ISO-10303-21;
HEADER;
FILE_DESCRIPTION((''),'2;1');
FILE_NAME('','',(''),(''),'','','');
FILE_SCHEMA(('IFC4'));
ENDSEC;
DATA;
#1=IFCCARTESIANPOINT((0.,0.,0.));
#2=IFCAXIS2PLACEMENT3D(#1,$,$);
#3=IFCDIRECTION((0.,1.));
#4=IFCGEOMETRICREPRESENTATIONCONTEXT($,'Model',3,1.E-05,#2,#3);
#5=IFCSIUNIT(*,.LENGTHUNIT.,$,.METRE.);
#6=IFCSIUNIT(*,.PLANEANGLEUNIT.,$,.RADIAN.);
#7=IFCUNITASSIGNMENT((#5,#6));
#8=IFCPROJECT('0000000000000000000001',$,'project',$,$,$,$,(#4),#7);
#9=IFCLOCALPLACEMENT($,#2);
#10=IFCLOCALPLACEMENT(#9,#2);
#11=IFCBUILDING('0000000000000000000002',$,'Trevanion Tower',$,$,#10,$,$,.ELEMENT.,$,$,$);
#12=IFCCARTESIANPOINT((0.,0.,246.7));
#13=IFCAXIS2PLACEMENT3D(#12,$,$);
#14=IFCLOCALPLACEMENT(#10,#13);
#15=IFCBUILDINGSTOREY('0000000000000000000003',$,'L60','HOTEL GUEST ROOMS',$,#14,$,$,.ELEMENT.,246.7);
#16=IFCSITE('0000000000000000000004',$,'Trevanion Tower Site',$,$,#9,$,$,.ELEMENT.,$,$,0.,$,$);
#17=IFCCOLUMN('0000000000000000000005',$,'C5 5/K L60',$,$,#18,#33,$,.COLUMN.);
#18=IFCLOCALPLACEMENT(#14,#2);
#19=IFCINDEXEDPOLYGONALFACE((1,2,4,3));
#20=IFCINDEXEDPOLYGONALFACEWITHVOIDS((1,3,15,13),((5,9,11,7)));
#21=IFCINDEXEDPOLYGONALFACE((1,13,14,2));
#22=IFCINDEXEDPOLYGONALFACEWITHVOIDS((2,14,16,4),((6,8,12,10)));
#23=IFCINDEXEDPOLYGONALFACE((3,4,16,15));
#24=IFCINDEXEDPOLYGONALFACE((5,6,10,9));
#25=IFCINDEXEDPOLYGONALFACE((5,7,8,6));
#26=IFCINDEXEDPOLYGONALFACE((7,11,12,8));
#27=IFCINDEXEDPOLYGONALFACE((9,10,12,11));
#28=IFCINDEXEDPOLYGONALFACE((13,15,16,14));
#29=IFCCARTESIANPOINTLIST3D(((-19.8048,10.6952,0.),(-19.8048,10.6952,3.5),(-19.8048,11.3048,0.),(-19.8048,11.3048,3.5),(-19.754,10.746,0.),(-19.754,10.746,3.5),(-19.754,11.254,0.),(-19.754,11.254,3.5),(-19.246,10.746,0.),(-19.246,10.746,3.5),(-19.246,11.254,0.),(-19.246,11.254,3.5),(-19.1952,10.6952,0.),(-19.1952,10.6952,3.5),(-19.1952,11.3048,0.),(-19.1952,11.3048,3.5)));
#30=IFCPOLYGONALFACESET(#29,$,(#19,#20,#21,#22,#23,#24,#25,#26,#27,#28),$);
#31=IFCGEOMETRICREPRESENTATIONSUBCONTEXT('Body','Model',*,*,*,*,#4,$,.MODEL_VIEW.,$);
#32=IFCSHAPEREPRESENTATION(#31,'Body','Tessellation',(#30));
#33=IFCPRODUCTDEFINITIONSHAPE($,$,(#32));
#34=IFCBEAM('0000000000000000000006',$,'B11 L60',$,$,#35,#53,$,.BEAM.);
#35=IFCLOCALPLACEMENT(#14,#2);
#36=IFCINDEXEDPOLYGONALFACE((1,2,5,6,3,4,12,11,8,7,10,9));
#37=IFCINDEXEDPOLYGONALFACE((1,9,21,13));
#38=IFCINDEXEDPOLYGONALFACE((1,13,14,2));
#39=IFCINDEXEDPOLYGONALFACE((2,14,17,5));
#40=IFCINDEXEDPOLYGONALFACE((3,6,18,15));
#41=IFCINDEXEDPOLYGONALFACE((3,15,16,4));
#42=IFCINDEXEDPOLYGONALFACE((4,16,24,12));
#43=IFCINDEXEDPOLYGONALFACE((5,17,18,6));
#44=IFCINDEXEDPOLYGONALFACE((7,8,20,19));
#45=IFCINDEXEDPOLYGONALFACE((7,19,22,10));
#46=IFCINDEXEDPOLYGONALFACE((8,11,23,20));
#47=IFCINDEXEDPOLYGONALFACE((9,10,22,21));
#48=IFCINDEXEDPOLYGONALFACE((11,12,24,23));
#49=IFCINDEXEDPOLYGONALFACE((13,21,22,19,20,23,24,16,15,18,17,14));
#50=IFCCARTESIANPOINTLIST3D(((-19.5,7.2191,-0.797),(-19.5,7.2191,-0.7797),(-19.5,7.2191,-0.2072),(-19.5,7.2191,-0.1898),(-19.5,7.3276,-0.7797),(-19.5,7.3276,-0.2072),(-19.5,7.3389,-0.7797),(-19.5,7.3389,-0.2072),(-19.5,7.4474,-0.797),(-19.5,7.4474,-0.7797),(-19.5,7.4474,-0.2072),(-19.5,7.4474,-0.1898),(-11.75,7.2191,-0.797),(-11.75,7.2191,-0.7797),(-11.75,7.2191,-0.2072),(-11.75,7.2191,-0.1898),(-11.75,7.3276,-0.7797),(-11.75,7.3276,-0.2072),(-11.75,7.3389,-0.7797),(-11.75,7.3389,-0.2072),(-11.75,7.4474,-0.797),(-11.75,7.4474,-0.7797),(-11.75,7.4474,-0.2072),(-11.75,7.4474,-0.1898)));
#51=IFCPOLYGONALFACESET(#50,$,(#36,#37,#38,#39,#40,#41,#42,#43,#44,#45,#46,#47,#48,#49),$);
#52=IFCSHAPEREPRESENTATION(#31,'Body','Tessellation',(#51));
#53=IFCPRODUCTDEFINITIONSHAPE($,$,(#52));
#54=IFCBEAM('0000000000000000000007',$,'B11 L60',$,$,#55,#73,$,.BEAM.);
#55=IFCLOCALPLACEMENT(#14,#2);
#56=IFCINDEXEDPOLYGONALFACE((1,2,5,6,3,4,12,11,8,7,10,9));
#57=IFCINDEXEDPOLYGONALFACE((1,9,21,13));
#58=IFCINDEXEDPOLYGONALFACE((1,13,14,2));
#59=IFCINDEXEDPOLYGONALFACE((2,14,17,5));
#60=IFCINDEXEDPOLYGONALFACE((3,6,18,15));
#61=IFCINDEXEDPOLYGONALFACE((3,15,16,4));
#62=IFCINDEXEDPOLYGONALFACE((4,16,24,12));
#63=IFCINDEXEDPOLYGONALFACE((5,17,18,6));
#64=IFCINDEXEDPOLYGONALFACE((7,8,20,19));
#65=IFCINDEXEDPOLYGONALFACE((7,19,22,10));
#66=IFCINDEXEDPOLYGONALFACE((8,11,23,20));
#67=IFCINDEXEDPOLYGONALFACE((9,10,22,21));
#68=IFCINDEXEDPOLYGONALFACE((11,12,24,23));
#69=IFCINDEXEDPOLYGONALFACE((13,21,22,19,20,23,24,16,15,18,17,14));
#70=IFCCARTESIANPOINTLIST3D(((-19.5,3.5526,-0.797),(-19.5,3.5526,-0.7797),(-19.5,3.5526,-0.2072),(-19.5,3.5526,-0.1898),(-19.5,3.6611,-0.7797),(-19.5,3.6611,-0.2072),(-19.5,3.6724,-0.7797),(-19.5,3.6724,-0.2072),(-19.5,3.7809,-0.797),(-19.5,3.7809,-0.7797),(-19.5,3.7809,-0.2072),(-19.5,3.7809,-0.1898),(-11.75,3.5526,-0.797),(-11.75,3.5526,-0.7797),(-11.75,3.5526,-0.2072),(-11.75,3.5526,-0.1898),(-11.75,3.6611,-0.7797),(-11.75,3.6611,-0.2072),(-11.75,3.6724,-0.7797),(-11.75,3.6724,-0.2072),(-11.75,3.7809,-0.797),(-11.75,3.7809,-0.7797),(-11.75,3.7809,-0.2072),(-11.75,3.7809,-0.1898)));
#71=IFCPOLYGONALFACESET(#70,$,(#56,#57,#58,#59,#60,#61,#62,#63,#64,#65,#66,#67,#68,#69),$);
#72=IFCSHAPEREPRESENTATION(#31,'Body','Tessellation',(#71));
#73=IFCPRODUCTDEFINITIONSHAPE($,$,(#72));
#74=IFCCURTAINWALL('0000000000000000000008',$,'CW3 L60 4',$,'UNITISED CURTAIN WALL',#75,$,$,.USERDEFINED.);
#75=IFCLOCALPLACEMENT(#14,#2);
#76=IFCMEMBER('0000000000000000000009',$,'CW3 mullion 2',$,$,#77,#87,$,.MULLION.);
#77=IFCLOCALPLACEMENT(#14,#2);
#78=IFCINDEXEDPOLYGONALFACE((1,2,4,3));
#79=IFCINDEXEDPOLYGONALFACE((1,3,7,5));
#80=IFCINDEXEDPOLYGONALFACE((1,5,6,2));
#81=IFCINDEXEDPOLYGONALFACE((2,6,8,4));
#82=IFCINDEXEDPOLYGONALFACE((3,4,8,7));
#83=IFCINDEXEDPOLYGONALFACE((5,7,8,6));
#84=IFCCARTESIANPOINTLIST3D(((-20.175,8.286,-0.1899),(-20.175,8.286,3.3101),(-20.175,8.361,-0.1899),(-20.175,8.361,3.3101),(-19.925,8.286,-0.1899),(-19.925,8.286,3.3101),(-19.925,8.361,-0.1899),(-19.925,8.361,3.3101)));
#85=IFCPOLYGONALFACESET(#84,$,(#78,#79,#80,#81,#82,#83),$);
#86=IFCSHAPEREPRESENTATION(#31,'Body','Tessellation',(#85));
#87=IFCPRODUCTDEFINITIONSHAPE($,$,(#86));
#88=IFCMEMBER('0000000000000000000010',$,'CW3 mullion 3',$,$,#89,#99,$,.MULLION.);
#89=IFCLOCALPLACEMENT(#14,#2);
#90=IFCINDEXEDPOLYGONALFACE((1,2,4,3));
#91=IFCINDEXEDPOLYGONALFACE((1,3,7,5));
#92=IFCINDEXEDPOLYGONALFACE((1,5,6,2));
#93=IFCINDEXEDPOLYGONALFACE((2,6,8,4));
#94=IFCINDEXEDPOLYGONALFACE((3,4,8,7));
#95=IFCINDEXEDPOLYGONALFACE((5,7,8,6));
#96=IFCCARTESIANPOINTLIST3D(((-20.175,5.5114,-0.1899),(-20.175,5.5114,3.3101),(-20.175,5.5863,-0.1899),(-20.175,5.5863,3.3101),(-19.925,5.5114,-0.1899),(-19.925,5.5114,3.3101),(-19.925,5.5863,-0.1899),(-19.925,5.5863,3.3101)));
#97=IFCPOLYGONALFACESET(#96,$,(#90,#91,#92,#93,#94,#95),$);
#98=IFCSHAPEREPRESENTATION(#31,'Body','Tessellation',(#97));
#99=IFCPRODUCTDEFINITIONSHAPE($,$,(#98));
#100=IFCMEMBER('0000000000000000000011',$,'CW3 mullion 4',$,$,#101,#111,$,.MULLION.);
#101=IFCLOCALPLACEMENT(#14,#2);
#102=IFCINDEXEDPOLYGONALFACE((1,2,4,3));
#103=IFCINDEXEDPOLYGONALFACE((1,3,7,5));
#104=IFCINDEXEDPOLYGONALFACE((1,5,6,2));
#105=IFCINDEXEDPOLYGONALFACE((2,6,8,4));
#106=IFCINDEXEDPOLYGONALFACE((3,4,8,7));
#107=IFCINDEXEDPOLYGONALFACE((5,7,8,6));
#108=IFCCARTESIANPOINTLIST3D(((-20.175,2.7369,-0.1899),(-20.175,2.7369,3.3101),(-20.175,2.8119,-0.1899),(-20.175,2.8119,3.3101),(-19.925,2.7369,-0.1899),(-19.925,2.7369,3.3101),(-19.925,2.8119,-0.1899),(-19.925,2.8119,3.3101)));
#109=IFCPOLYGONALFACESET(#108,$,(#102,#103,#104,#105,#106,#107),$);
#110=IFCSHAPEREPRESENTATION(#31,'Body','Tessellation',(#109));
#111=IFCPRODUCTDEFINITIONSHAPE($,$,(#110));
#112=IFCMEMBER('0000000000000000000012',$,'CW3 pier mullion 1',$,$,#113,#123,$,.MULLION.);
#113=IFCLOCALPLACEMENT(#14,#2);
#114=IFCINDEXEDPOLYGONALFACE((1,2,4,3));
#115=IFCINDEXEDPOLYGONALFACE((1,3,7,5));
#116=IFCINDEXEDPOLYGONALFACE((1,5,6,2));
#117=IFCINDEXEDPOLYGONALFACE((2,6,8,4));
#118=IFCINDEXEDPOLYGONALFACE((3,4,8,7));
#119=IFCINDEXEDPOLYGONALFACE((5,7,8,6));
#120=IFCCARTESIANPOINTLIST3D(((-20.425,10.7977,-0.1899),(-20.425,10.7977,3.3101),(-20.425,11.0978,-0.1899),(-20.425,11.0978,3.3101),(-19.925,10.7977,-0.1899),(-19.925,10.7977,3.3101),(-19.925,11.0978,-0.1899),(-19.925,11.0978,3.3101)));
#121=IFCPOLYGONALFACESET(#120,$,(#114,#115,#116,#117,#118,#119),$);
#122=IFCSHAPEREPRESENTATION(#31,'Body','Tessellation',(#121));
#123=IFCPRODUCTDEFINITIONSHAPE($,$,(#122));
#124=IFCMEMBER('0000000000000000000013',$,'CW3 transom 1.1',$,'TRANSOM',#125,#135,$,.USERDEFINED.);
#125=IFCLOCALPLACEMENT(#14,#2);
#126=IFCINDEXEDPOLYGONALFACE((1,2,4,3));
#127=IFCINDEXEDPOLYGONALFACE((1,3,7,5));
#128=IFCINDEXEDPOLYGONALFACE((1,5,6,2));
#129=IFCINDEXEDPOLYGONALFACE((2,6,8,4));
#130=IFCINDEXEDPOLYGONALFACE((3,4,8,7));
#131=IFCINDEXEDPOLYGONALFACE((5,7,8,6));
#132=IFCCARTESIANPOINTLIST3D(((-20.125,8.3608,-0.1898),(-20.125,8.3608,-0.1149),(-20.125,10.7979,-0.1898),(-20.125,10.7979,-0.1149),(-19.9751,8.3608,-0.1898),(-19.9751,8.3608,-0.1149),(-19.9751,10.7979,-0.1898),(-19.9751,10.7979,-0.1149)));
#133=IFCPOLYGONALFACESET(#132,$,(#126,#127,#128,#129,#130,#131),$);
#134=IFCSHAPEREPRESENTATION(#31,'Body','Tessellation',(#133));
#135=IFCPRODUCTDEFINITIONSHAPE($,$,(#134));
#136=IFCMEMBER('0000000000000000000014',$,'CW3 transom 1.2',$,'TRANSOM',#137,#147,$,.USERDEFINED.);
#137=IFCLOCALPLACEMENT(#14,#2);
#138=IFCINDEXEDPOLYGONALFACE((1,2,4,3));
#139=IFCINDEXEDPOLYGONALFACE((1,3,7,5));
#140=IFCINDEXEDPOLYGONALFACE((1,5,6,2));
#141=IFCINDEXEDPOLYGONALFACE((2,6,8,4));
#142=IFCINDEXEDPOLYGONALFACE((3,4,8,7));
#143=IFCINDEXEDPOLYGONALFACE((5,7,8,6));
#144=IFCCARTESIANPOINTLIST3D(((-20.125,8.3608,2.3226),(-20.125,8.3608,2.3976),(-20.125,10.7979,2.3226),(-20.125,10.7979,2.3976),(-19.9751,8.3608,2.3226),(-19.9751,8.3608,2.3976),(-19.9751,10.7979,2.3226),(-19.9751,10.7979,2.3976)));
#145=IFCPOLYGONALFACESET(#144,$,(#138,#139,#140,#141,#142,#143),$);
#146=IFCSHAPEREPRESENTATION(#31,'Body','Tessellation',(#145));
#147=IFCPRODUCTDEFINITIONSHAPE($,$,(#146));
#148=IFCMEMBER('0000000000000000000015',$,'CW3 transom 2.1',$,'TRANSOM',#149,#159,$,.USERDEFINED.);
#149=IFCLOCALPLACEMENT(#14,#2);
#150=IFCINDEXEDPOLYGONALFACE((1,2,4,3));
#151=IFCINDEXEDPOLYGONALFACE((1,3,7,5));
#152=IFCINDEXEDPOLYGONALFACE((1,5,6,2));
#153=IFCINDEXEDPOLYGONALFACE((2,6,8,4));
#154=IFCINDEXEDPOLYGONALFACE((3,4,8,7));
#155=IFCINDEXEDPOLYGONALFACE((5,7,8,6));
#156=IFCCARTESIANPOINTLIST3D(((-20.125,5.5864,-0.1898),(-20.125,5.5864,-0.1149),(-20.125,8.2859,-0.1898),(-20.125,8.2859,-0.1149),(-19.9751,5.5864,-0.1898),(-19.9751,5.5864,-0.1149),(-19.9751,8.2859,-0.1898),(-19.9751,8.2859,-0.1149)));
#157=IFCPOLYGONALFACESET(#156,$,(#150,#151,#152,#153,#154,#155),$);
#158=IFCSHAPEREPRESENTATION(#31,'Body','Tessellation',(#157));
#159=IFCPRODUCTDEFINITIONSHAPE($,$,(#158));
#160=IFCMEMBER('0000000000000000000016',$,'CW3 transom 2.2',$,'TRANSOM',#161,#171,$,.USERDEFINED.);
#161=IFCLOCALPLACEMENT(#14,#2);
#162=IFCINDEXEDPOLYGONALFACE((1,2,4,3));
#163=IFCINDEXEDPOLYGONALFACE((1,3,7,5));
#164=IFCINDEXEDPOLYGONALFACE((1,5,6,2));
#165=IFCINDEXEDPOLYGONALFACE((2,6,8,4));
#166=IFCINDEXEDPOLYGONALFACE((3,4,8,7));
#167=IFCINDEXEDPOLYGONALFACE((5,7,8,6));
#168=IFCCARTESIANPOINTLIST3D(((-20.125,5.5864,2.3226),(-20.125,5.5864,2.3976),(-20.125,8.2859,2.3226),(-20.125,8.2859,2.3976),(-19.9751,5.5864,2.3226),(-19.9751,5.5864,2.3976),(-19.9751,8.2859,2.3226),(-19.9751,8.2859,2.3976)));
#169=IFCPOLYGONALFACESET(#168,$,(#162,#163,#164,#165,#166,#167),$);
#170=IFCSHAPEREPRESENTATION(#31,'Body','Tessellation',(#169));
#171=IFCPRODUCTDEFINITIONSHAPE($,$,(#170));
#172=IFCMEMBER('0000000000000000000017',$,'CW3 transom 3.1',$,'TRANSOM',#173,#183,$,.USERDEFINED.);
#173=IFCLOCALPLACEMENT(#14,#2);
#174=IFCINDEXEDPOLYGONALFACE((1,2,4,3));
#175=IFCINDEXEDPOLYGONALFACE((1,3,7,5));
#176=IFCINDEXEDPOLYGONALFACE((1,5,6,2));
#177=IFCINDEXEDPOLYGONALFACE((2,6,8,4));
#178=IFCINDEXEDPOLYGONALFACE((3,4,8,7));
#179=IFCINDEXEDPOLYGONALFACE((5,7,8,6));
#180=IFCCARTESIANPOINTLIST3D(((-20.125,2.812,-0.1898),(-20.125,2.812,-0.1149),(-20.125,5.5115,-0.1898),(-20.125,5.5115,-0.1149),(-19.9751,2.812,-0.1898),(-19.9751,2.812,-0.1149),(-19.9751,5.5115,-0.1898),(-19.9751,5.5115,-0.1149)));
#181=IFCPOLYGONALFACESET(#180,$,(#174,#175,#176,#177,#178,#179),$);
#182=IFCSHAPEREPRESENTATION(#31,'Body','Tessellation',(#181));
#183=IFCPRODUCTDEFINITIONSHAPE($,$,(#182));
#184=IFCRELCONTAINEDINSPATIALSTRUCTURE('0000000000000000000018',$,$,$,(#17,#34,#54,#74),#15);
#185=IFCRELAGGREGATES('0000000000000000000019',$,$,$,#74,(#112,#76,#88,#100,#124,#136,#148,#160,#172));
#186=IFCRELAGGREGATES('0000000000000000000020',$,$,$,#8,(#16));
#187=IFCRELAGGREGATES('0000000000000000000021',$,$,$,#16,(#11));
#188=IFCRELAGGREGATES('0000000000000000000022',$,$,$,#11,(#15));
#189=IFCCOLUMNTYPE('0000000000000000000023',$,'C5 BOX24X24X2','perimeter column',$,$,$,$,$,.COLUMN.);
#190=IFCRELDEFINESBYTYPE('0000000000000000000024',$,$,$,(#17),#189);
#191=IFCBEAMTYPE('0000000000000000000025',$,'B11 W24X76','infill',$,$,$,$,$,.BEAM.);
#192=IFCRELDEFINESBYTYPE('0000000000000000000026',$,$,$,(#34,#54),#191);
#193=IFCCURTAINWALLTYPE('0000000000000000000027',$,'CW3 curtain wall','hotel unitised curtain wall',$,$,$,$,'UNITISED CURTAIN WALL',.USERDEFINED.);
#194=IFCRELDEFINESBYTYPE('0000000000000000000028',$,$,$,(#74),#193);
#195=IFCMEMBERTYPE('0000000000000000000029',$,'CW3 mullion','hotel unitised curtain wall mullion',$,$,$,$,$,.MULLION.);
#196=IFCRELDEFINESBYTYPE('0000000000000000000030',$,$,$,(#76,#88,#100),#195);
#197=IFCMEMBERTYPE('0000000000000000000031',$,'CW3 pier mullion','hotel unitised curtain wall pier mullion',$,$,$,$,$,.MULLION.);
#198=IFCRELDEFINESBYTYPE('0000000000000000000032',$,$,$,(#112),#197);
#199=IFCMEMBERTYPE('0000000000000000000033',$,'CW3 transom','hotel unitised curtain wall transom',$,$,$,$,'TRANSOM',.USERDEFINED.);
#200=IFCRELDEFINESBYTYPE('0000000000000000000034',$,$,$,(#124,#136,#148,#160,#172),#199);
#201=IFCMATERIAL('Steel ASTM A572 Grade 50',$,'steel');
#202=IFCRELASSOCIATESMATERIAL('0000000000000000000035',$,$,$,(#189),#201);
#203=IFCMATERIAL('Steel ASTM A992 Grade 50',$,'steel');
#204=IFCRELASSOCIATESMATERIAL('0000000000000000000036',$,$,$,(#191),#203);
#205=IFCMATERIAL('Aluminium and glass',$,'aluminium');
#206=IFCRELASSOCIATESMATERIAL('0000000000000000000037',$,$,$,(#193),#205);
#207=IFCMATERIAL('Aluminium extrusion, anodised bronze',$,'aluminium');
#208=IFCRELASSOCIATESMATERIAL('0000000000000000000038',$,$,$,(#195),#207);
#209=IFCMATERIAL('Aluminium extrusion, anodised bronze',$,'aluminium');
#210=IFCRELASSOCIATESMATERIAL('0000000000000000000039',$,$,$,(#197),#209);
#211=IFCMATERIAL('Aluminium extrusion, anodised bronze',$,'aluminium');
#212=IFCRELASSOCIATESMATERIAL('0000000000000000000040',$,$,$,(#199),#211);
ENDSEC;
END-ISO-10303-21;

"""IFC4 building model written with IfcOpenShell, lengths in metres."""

from ifc_helpers import new_model, si_unit, direction, frame, origin, origin_2d, place, context, subcontext, project, spatial, rectangle, hollow_rectangle, i_section, extrude, material, material_profile, profile_set, type_object, element, aggregate, save


model = new_model("IFC4")

# Units and contexts
model_context = context("Model", 3, precision=1e-05, world=origin(), true_north=direction((0.0, 1.0)))
body_context = subcontext(model_context, "Body", "Model", "MODEL_VIEW")
ifc_project = project(units=[si_unit("LENGTHUNIT", "METRE"), si_unit("PLANEANGLEUNIT", "RADIAN")], contexts=[model_context])

# Site, building, storey
site_placement = place(None, origin())
site = spatial("IfcSite", under=ifc_project, at=site_placement, Name="Trevanion Tower Site", CompositionType="ELEMENT", RefElevation=0.0)
building_placement = place(site_placement, origin())
building = spatial("IfcBuilding", under=site, at=building_placement, Name="Trevanion Tower", CompositionType="ELEMENT")
storey_placement = place(building_placement, frame((0.0, 0.0, 246.7)))
storey = spatial("IfcBuildingStorey", under=building, at=storey_placement, Name="L60", Description="HOTEL GUEST ROOMS", CompositionType="ELEMENT", Elevation=246.7)

# Column
ifc_material_1 = material(Name="Steel ASTM A572 Grade 50", Category="steel")
ifc_material_profile_1 = material_profile(ifc_material_1, hollow_rectangle(XDim=0.6096, YDim=0.6096, WallThickness=0.0508, at=origin_2d()), Name="BOX24X24X2")
ifc_profile_set_1 = profile_set([ifc_material_profile_1], Name="Steel ASTM A572 Grade 50")
column_type = type_object("IfcColumnType", Name="C5 BOX24X24X2", Description="perimeter column", PredefinedType="COLUMN", material=ifc_profile_set_1)
column_placement = place(storey_placement, frame((-19.5, 11.0, 0.0), z_axis=(0.0, 0.0, 1.0), x_axis=(0.0, 1.0, 0.0)))
element("IfcColumn", 1, at=column_placement, inside=storey, type_object=column_type, Name="C5 5/K L60", PredefinedType="COLUMN", context=body_context, shape_type="SweptSolid", body=[
    extrude(hollow_rectangle(XDim=0.6096, YDim=0.6096, WallThickness=0.0508, at=origin_2d()), origin(), (0.0, 0.0, 1.0), 3.5),
])

# Beams
ifc_material_2 = material(Name="Steel ASTM A992 Grade 50", Category="steel")
ifc_material_profile_2 = material_profile(ifc_material_2, i_section(OverallWidth=0.2283, OverallDepth=0.6072, WebThickness=0.0112, FlangeThickness=0.0173, at=origin_2d()), Name="W24X76")
ifc_profile_set_2 = profile_set([ifc_material_profile_2], Name="Steel ASTM A992 Grade 50")
beam_type_1 = type_object("IfcBeamType", Name="B11 W24X76", Description="infill", PredefinedType="BEAM", material=ifc_profile_set_2)
for number, where, z_axis, x_axis, name in (
    (2, (-11.75, 7.3333, -0.4934), (-1.0, 0.0, 0.0), (0.0, -1.0, 0.0), "B11 L60"),
    (3, (-11.75, 3.6667, -0.4934), (-1.0, 0.0, 0.0), (0.0, -1.0, 0.0), "B11 L60"),
):
    element("IfcBeam", number, at=place(storey_placement, frame(where, z_axis=z_axis, x_axis=x_axis)), inside=storey, type_object=beam_type_1, Name=name, PredefinedType="BEAM", context=body_context, shape_type="SweptSolid", body=[
        extrude(i_section(OverallWidth=0.2283, OverallDepth=0.6072, WebThickness=0.0112, FlangeThickness=0.0173, at=origin_2d()), origin(), (0.0, 0.0, 1.0), 7.75),
    ])

# Curtain wall, members
ifc_material_3 = material(Name="Aluminium and glass", Category="aluminium")
curtain_wall_type = type_object("IfcCurtainWallType", Name="CW3 curtain wall", Description="hotel unitised curtain wall", ElementType="UNITISED CURTAIN WALL", PredefinedType="USERDEFINED", material=ifc_material_3)
curtain_wall_placement = place(storey_placement, origin())
curtain_wall = element("IfcCurtainWall", 4, at=curtain_wall_placement, inside=storey, type_object=curtain_wall_type, Name="CW3 L60 4", ObjectType="UNITISED CURTAIN WALL", PredefinedType="USERDEFINED")
ifc_material_4 = material(Name="Aluminium extrusion, anodised bronze", Category="aluminium")
ifc_material_profile_3 = material_profile(ifc_material_4, rectangle(XDim=0.075, YDim=0.25, at=origin_2d()), Name="CW3 mullion")
ifc_profile_set_3 = profile_set([ifc_material_profile_3], Name="Aluminium extrusion, anodised bronze")
member_type_1 = type_object("IfcMemberType", Name="CW3 mullion", Description="hotel unitised curtain wall mullion", PredefinedType="MULLION", material=ifc_profile_set_3)
member_1_placement = place(storey_placement, frame((-20.05, 8.3235, -0.1899), z_axis=(0.0, 0.0, 1.0), x_axis=(0.0, -1.0, 0.0)))
member_1 = element("IfcMember", 5, at=member_1_placement, type_object=member_type_1, Name="CW3 mullion 2", PredefinedType="MULLION", context=body_context, shape_type="SweptSolid", body=[
    extrude(rectangle(XDim=0.075, YDim=0.25, at=origin_2d()), origin(), (0.0, 0.0, 1.0), 3.5),
])
member_2_placement = place(storey_placement, frame((-20.05, 5.5488, -0.1899), z_axis=(0.0, 0.0, 1.0), x_axis=(0.0, -1.0, 0.0)))
member_2 = element("IfcMember", 6, at=member_2_placement, type_object=member_type_1, Name="CW3 mullion 3", PredefinedType="MULLION", context=body_context, shape_type="SweptSolid", body=[
    extrude(rectangle(XDim=0.075, YDim=0.25, at=origin_2d()), origin(), (0.0, 0.0, 1.0), 3.5),
])
member_3_placement = place(storey_placement, frame((-20.05, 2.7744, -0.1899), z_axis=(0.0, 0.0, 1.0), x_axis=(0.0, -1.0, 0.0)))
member_3 = element("IfcMember", 7, at=member_3_placement, type_object=member_type_1, Name="CW3 mullion 4", PredefinedType="MULLION", context=body_context, shape_type="SweptSolid", body=[
    extrude(rectangle(XDim=0.075, YDim=0.25, at=origin_2d()), origin(), (0.0, 0.0, 1.0), 3.5),
])
ifc_material_5 = material(Name="Aluminium extrusion, anodised bronze", Category="aluminium")
ifc_material_profile_4 = material_profile(ifc_material_5, rectangle(XDim=0.3, YDim=0.5, at=origin_2d()), Name="CW3 pier mullion")
ifc_profile_set_4 = profile_set([ifc_material_profile_4], Name="Aluminium extrusion, anodised bronze")
member_type_2 = type_object("IfcMemberType", Name="CW3 pier mullion", Description="hotel unitised curtain wall pier mullion", PredefinedType="MULLION", material=ifc_profile_set_4)
member_4_placement = place(storey_placement, frame((-20.175, 10.9478, -0.1899), z_axis=(0.0, 0.0, 1.0), x_axis=(0.0, -1.0, 0.0)))
member_4 = element("IfcMember", 8, at=member_4_placement, type_object=member_type_2, Name="CW3 pier mullion 1", PredefinedType="MULLION", context=body_context, shape_type="SweptSolid", body=[
    extrude(rectangle(XDim=0.3, YDim=0.5, at=origin_2d()), origin(), (0.0, 0.0, 1.0), 3.5),
])
ifc_material_6 = material(Name="Aluminium extrusion, anodised bronze", Category="aluminium")
ifc_material_profile_5 = material_profile(ifc_material_6, rectangle(XDim=0.1499, YDim=0.075, at=origin_2d()), Name="CW3 transom")
ifc_profile_set_5 = profile_set([ifc_material_profile_5], Name="Aluminium extrusion, anodised bronze")
member_type_3 = type_object("IfcMemberType", Name="CW3 transom", Description="hotel unitised curtain wall transom", ElementType="TRANSOM", PredefinedType="USERDEFINED", material=ifc_profile_set_5)
member_5_placement = place(storey_placement, frame((-20.05, 10.7979, -0.1523), z_axis=(0.0, -1.0, 0.0), x_axis=(1.0, 0.0, 0.0)))
member_5 = element("IfcMember", 9, at=member_5_placement, type_object=member_type_3, Name="CW3 transom 1.1", ObjectType="TRANSOM", PredefinedType="USERDEFINED", context=body_context, shape_type="SweptSolid", body=[
    extrude(rectangle(XDim=0.1499, YDim=0.075, at=origin_2d()), origin(), (0.0, 0.0, 1.0), 2.437),
])
member_6_placement = place(storey_placement, frame((-20.05, 10.7979, 2.3601), z_axis=(0.0, -1.0, 0.0), x_axis=(1.0, 0.0, 0.0)))
member_6 = element("IfcMember", 10, at=member_6_placement, type_object=member_type_3, Name="CW3 transom 1.2", ObjectType="TRANSOM", PredefinedType="USERDEFINED", context=body_context, shape_type="SweptSolid", body=[
    extrude(rectangle(XDim=0.1499, YDim=0.075, at=origin_2d()), origin(), (0.0, 0.0, 1.0), 2.437),
])
member_7_placement = place(storey_placement, frame((-20.05, 8.2859, -0.1523), z_axis=(0.0, -1.0, 0.0), x_axis=(1.0, 0.0, 0.0)))
member_7 = element("IfcMember", 11, at=member_7_placement, type_object=member_type_3, Name="CW3 transom 2.1", ObjectType="TRANSOM", PredefinedType="USERDEFINED", context=body_context, shape_type="SweptSolid", body=[
    extrude(rectangle(XDim=0.1499, YDim=0.075, at=origin_2d()), origin(), (0.0, 0.0, 1.0), 2.6995),
])
member_8_placement = place(storey_placement, frame((-20.05, 8.2859, 2.3601), z_axis=(0.0, -1.0, 0.0), x_axis=(1.0, 0.0, 0.0)))
member_8 = element("IfcMember", 12, at=member_8_placement, type_object=member_type_3, Name="CW3 transom 2.2", ObjectType="TRANSOM", PredefinedType="USERDEFINED", context=body_context, shape_type="SweptSolid", body=[
    extrude(rectangle(XDim=0.1499, YDim=0.075, at=origin_2d()), origin(), (0.0, 0.0, 1.0), 2.6995),
])
member_9_placement = place(storey_placement, frame((-20.05, 5.5115, -0.1523), z_axis=(0.0, -1.0, 0.0), x_axis=(1.0, 0.0, 0.0)))
member_9 = element("IfcMember", 13, at=member_9_placement, type_object=member_type_3, Name="CW3 transom 3.1", ObjectType="TRANSOM", PredefinedType="USERDEFINED", context=body_context, shape_type="SweptSolid", body=[
    extrude(rectangle(XDim=0.1499, YDim=0.075, at=origin_2d()), origin(), (0.0, 0.0, 1.0), 2.6995),
])

aggregate(curtain_wall, [member_4, member_1, member_2, member_3, member_5, member_6, member_7, member_8, member_9])

save(model, "model.ifc")
